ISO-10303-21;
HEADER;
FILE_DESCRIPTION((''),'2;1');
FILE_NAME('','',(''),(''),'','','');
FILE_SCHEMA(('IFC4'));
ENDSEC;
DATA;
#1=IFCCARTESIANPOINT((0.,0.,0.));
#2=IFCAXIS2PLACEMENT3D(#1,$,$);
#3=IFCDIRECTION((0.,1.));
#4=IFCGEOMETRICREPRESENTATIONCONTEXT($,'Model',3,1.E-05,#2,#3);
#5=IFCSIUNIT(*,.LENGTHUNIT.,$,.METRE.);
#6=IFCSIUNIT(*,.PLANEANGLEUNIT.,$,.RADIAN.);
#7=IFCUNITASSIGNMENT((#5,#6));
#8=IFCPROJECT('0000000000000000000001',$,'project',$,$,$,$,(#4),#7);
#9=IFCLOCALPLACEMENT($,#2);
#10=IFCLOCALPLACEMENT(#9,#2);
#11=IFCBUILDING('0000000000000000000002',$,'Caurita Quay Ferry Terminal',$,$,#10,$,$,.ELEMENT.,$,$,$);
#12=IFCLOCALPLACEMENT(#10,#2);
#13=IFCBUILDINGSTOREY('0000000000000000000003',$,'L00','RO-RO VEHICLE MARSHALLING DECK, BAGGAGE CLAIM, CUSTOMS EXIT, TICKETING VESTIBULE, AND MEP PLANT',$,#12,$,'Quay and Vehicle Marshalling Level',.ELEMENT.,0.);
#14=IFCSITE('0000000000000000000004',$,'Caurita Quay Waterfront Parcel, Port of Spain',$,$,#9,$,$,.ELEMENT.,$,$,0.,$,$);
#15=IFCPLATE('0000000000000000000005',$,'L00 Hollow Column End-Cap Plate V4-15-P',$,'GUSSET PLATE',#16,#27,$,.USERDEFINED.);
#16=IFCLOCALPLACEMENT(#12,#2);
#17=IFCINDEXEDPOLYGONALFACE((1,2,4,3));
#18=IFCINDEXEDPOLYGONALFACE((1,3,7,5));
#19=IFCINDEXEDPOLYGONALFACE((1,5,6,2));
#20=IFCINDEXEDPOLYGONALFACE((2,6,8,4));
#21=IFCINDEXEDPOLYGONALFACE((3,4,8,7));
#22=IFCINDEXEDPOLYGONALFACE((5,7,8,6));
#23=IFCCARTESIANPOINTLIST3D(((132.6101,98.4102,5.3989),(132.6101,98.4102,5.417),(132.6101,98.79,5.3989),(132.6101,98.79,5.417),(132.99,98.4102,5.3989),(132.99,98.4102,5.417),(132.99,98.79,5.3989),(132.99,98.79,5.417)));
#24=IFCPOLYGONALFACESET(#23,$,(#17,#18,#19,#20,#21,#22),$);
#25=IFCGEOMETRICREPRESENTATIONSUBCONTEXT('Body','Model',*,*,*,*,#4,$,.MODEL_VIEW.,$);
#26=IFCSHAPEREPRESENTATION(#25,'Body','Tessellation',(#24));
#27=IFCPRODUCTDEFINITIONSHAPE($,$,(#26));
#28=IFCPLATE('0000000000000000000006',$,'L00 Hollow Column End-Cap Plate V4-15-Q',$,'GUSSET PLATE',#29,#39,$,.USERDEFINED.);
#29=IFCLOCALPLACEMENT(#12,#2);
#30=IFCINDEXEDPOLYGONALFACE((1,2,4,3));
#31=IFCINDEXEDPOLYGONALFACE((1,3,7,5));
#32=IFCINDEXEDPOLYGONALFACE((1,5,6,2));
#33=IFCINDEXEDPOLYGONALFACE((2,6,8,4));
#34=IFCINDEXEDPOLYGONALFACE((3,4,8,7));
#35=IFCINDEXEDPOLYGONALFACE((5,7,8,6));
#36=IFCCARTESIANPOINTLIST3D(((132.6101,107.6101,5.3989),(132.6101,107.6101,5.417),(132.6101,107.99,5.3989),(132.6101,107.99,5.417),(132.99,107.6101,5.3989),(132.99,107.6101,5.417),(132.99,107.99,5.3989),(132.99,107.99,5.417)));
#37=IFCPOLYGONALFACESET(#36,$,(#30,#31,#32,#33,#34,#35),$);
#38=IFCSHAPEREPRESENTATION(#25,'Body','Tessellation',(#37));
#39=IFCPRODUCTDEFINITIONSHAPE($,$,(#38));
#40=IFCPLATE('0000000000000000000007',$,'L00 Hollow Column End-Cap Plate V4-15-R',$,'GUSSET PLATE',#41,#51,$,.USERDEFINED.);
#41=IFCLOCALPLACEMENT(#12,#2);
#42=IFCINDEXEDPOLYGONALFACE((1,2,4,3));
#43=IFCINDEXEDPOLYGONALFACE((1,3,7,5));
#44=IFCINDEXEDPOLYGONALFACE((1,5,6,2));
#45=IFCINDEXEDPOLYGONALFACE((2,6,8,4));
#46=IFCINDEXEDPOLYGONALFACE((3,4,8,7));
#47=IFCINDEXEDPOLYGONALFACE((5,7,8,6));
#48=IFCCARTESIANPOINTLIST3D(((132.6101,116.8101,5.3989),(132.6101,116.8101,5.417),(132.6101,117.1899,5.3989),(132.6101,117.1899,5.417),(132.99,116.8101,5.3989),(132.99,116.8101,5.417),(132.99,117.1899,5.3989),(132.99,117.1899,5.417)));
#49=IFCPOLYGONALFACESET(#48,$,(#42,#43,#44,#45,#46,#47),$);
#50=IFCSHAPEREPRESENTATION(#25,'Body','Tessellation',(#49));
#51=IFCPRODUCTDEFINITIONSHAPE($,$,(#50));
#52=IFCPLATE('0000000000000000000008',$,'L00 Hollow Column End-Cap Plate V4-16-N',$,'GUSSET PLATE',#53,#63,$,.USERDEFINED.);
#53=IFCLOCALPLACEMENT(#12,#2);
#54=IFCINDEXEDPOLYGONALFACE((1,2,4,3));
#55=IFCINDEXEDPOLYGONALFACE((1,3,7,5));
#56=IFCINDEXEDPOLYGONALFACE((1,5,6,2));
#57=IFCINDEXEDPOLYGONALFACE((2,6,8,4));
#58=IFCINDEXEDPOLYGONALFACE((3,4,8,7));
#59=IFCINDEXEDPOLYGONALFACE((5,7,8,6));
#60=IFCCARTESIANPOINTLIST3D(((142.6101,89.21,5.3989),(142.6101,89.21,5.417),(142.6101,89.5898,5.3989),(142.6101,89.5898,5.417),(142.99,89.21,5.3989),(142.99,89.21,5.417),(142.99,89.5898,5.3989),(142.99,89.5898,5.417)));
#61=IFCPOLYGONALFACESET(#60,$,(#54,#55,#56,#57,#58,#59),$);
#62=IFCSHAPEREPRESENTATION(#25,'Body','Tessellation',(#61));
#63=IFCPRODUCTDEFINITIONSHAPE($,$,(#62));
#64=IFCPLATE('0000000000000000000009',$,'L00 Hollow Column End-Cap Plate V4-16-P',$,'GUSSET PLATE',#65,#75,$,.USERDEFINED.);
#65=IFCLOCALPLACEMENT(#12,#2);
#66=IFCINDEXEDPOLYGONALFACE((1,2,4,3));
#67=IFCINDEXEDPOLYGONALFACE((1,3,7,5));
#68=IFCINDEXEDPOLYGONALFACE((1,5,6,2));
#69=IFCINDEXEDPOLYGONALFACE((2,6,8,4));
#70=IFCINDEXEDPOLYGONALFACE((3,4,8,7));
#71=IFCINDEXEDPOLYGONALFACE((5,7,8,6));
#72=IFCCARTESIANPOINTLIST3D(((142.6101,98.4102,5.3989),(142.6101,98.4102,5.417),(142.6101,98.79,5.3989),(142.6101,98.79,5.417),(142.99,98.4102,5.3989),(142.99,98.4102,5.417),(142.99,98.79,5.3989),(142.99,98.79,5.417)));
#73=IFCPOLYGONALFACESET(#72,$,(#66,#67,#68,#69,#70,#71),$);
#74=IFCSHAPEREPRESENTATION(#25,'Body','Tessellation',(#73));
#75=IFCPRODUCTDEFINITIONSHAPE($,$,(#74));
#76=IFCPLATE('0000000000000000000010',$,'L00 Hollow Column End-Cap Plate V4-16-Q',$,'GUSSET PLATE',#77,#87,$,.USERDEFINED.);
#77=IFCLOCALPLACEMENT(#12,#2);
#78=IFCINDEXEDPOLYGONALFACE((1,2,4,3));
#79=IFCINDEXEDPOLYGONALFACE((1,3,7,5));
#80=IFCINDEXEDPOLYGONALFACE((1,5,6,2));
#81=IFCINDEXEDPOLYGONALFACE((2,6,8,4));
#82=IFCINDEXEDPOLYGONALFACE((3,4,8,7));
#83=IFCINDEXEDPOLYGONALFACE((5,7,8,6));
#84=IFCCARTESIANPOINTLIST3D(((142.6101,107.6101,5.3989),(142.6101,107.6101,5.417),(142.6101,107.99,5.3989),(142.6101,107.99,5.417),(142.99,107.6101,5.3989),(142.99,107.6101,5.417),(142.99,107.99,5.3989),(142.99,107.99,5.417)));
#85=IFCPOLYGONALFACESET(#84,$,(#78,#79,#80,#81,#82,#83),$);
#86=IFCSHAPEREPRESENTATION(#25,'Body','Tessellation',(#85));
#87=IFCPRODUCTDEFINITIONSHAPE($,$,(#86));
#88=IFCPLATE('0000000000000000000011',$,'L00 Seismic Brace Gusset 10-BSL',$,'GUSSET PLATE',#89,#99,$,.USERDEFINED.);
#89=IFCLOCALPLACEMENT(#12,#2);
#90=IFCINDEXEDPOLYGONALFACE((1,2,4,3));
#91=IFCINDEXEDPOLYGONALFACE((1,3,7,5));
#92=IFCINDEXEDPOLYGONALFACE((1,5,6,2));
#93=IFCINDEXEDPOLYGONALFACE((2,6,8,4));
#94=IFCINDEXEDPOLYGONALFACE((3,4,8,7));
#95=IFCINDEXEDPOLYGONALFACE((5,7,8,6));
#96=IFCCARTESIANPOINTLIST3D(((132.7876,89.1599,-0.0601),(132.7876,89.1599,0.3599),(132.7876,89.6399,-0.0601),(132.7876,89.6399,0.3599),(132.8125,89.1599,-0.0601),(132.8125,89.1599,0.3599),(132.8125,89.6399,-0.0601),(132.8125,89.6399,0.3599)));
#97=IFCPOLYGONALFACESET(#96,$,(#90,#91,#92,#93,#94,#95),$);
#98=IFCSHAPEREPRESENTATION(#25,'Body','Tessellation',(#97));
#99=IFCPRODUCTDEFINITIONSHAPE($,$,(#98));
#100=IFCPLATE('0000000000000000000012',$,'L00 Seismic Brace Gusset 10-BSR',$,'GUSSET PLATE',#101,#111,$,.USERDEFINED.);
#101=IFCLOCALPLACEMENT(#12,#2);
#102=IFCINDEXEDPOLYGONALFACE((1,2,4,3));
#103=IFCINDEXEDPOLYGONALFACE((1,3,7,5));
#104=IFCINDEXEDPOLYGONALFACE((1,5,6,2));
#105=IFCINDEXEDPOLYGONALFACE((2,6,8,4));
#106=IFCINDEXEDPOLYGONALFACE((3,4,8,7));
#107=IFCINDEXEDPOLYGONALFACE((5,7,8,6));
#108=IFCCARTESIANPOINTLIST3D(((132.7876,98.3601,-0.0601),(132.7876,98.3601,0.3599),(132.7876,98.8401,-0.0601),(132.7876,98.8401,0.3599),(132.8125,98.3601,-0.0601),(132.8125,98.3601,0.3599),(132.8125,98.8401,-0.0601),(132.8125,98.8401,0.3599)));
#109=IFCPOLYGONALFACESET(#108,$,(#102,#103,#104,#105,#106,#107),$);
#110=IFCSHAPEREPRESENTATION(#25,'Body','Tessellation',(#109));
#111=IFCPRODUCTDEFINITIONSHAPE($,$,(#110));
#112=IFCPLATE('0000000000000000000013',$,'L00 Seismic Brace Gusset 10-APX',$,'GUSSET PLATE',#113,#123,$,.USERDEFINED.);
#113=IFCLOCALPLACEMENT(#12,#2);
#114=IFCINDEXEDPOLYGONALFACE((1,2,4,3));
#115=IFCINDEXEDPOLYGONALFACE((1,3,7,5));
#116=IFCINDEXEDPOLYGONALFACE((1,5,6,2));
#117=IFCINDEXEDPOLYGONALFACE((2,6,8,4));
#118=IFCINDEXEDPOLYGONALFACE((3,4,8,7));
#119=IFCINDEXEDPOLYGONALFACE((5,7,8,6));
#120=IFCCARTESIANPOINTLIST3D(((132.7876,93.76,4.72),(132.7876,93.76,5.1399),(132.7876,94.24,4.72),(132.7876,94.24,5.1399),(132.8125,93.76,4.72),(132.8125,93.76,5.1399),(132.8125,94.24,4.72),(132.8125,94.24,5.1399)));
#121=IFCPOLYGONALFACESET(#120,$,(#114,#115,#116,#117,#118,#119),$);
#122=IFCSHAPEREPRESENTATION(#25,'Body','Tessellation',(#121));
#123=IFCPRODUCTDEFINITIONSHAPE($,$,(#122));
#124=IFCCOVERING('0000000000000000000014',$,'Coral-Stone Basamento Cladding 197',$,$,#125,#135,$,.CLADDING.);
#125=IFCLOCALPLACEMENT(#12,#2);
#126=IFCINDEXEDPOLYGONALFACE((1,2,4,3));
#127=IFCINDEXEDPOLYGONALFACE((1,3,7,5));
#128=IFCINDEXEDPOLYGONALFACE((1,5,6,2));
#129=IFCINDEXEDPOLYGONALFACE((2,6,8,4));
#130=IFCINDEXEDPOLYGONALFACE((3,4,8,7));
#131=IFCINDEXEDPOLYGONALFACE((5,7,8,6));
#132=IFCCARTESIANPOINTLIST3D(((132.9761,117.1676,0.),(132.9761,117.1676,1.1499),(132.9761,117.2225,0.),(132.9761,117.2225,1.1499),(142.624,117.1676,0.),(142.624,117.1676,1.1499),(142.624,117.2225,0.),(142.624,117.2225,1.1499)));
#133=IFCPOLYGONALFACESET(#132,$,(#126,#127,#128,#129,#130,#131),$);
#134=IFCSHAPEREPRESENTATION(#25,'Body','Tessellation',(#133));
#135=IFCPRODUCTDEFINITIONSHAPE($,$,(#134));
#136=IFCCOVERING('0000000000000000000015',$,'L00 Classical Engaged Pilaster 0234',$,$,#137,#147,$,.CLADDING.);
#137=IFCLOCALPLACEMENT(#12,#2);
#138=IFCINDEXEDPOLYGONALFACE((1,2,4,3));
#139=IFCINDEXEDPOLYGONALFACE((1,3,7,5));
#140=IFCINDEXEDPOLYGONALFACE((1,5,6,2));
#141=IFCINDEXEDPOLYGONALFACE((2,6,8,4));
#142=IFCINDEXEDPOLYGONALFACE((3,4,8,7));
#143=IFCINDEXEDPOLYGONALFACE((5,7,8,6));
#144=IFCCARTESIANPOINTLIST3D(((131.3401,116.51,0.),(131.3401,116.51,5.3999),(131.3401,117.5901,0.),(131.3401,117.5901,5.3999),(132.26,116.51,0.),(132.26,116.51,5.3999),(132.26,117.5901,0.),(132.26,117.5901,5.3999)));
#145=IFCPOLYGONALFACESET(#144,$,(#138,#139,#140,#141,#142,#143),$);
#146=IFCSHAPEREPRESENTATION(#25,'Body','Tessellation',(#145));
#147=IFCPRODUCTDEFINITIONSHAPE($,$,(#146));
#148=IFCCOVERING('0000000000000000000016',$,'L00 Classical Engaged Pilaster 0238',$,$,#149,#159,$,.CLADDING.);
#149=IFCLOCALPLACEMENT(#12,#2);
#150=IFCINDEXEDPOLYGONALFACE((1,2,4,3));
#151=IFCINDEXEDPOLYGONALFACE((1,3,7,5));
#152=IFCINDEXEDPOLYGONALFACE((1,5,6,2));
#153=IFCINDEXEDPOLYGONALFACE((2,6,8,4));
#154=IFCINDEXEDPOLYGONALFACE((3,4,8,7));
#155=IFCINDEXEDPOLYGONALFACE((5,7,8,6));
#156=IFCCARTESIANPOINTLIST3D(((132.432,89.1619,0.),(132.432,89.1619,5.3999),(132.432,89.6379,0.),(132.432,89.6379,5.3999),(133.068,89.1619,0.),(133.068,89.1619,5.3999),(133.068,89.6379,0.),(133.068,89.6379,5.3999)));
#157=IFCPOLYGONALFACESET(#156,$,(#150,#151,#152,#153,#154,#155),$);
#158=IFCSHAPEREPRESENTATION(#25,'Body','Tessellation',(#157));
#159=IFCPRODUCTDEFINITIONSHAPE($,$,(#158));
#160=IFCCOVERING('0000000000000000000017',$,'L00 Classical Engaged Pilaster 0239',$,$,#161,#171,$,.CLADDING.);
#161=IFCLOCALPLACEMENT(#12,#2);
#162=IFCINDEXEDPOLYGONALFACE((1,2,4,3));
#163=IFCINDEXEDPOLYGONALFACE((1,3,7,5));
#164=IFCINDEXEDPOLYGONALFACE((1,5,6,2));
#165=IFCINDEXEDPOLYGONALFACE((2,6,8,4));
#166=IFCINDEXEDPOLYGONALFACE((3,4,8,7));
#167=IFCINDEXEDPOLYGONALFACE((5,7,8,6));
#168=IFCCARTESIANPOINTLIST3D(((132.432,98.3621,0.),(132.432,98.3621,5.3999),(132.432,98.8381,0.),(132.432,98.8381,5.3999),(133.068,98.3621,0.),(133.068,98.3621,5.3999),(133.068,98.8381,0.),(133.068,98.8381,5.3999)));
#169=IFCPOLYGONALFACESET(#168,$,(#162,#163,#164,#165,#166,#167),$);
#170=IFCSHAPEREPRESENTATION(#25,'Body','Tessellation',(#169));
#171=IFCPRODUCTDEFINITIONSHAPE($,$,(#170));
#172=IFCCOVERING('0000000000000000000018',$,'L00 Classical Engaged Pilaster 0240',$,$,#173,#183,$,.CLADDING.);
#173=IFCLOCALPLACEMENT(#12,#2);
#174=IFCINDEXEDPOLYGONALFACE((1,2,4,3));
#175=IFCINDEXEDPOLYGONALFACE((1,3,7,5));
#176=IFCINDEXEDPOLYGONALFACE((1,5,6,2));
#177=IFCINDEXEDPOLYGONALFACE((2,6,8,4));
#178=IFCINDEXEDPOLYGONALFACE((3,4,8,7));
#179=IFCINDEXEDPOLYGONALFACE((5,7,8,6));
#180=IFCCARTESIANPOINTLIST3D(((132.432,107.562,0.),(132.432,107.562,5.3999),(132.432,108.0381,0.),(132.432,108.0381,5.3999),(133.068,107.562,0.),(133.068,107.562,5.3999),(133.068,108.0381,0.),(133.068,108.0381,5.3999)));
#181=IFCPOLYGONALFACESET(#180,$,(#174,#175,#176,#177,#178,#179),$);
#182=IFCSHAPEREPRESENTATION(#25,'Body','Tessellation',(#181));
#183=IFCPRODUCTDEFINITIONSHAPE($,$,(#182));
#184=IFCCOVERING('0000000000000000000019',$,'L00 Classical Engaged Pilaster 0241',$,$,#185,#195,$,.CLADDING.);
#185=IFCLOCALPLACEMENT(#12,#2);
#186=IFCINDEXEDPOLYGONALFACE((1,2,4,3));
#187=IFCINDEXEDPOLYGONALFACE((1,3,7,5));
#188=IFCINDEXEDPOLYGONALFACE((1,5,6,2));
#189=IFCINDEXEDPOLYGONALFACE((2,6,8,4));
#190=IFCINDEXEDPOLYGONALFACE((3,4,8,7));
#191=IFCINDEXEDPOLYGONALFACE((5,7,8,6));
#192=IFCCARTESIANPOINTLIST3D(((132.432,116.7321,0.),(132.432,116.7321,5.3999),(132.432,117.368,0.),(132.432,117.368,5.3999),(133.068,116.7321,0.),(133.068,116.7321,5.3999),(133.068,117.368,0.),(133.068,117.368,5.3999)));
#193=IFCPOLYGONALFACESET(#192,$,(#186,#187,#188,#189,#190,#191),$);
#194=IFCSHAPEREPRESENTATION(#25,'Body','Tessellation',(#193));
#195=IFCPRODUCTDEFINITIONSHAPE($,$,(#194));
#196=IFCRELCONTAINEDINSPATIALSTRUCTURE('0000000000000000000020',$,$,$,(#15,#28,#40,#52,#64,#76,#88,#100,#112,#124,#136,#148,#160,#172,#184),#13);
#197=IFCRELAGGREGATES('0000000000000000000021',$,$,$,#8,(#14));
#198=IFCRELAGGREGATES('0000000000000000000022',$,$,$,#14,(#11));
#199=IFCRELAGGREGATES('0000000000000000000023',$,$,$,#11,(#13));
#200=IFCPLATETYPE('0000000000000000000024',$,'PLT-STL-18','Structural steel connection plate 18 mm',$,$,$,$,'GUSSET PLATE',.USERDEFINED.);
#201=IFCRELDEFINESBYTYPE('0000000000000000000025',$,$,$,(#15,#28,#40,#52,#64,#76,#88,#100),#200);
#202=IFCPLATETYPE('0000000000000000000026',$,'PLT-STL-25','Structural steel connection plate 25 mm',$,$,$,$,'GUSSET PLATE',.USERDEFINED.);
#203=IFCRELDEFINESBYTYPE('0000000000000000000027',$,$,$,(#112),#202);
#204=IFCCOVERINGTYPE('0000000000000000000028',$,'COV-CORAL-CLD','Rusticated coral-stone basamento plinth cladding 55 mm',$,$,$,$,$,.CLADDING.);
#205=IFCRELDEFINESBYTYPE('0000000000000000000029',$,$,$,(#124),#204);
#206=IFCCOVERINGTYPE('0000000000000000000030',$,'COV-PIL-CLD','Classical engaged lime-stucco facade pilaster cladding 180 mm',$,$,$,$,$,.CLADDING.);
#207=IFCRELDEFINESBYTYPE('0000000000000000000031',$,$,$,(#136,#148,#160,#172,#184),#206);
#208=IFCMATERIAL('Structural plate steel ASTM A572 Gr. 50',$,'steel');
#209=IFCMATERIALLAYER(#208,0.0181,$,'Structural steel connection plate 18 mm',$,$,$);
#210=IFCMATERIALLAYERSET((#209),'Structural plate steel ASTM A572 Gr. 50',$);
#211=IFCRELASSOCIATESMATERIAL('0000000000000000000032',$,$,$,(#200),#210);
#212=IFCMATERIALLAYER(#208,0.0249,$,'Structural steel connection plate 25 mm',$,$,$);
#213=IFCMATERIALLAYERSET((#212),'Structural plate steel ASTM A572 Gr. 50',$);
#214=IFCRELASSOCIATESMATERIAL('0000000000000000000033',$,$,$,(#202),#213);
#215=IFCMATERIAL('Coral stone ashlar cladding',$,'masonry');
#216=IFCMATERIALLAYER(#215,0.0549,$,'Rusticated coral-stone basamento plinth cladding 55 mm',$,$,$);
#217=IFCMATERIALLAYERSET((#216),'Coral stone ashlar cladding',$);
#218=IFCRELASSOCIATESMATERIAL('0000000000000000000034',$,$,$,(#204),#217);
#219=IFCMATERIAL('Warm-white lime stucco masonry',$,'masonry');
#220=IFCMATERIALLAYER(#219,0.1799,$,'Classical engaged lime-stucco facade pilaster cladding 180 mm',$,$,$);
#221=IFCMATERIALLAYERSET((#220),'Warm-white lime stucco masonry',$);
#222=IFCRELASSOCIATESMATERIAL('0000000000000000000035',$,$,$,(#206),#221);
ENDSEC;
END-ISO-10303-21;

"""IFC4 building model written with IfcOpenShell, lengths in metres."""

from ifc_helpers import new_model, si_unit, direction, frame, frame_2d, origin, origin_2d, place, context, subcontext, project, spatial, rectangle, extrude, material, layer, layer_set, type_object, element, save


model = new_model("IFC4")

# Units and contexts
model_context = context("Model", 3, precision=1e-05, world=origin(), true_north=direction((0.0, 1.0)))
body_context = subcontext(model_context, "Body", "Model", "MODEL_VIEW")
ifc_project = project(units=[si_unit("LENGTHUNIT", "METRE"), si_unit("PLANEANGLEUNIT", "RADIAN")], contexts=[model_context])

# Site, building, storey
site_placement = place(None, origin())
site = spatial("IfcSite", under=ifc_project, at=site_placement, Name="Caurita Quay Waterfront Parcel, Port of Spain", CompositionType="ELEMENT", RefElevation=0.0)
building_placement = place(site_placement, origin())
building = spatial("IfcBuilding", under=site, at=building_placement, Name="Caurita Quay Ferry Terminal", CompositionType="ELEMENT")
storey_placement = place(building_placement, origin())
storey = spatial("IfcBuildingStorey", under=building, at=storey_placement, Name="L00", Description="RO-RO VEHICLE MARSHALLING DECK, BAGGAGE CLAIM, CUSTOMS EXIT, TICKETING VESTIBULE, AND MEP PLANT", LongName="Quay and Vehicle Marshalling Level", CompositionType="ELEMENT", Elevation=0.0)

# Plates
ifc_material_1 = material(Name="Structural plate steel ASTM A572 Gr. 50", Category="steel")
ifc_layer_1 = layer(ifc_material_1, 0.0181, Name="Structural steel connection plate 18 mm")
ifc_layer_set_1 = layer_set([ifc_layer_1], Name="Structural plate steel ASTM A572 Gr. 50")
plate_type_1 = type_object("IfcPlateType", Name="PLT-STL-18", Description="Structural steel connection plate 18 mm", ElementType="GUSSET PLATE", PredefinedType="USERDEFINED", material=ifc_layer_set_1)
for number, where, z_axis, x_axis, name in (
    (1, (132.8, 98.6001, 5.3989), (0.0, 0.0, 1.0), (1.0, 0.0, 0.0), "L00 Hollow Column End-Cap Plate V4-15-P"),
    (2, (132.8, 107.8, 5.3989), (0.0, 0.0, 1.0), (1.0, 0.0, 0.0), "L00 Hollow Column End-Cap Plate V4-15-Q"),
    (3, (132.8, 117.0, 5.3989), (0.0, 0.0, 1.0), (1.0, 0.0, 0.0), "L00 Hollow Column End-Cap Plate V4-15-R"),
    (4, (142.8, 89.3999, 5.3989), (0.0, 0.0, 1.0), (1.0, 0.0, 0.0), "L00 Hollow Column End-Cap Plate V4-16-N"),
    (5, (142.8, 98.6001, 5.3989), (0.0, 0.0, 1.0), (1.0, 0.0, 0.0), "L00 Hollow Column End-Cap Plate V4-16-P"),
    (6, (142.8, 107.8, 5.3989), (0.0, 0.0, 1.0), (1.0, 0.0, 0.0), "L00 Hollow Column End-Cap Plate V4-16-Q"),
):
    element("IfcPlate", number, at=place(storey_placement, frame(where, z_axis=z_axis, x_axis=x_axis)), inside=storey, type_object=plate_type_1, Name=name, ObjectType="GUSSET PLATE", PredefinedType="USERDEFINED", context=body_context, shape_type="SweptSolid", body=[
        extrude(rectangle(XDim=0.3799, YDim=0.3799, at=origin_2d()), origin(), (0.0, 0.0, 1.0), 0.0181),
    ])
for number, where, z_axis, x_axis, name in (
    (7, (132.8, 89.3999, -0.0601), (0.0, 0.0, 1.0), (0.0, 1.0, 0.0), "L00 Seismic Brace Gusset 10-BSL"),
    (8, (132.8, 98.6001, -0.0601), (0.0, 0.0, 1.0), (0.0, 1.0, 0.0), "L00 Seismic Brace Gusset 10-BSR"),
):
    element("IfcPlate", number, at=place(storey_placement, frame(where, z_axis=z_axis, x_axis=x_axis)), inside=storey, type_object=plate_type_1, Name=name, ObjectType="GUSSET PLATE", PredefinedType="USERDEFINED", context=body_context, shape_type="SweptSolid", body=[
        extrude(rectangle(XDim=0.48, YDim=0.0249, at=origin_2d()), origin(), (0.0, 0.0, 1.0), 0.4199),
    ])
ifc_layer_2 = layer(ifc_material_1, 0.0249, Name="Structural steel connection plate 25 mm")
ifc_layer_set_2 = layer_set([ifc_layer_2], Name="Structural plate steel ASTM A572 Gr. 50")
plate_type_2 = type_object("IfcPlateType", Name="PLT-STL-25", Description="Structural steel connection plate 25 mm", ElementType="GUSSET PLATE", PredefinedType="USERDEFINED", material=ifc_layer_set_2)
plate_placement = place(storey_placement, frame((132.8, 94.0, 4.72), z_axis=(0.0, 0.0, 1.0), x_axis=(0.0, 1.0, 0.0)))
element("IfcPlate", 9, at=plate_placement, inside=storey, type_object=plate_type_2, Name="L00 Seismic Brace Gusset 10-APX", ObjectType="GUSSET PLATE", PredefinedType="USERDEFINED", context=body_context, shape_type="SweptSolid", body=[
    extrude(rectangle(XDim=0.48, YDim=0.0249, at=origin_2d()), origin(), (0.0, 0.0, 1.0), 0.4199),
])

# Shared definitions
ifc_material_2 = material(Name="Warm-white lime stucco masonry", Category="masonry")

# Coverings
ifc_material_3 = material(Name="Coral stone ashlar cladding", Category="masonry")
ifc_layer_3 = layer(ifc_material_3, 0.0549, Name="Rusticated coral-stone basamento plinth cladding 55 mm")
ifc_layer_set_3 = layer_set([ifc_layer_3], Name="Coral stone ashlar cladding")
covering_type_1 = type_object("IfcCoveringType", Name="COV-CORAL-CLD", Description="Rusticated coral-stone basamento plinth cladding 55 mm", PredefinedType="CLADDING", material=ifc_layer_set_3)
covering_1_placement = place(storey_placement, frame((142.624, 117.1951, 0.0), z_axis=(0.0, 0.0, 1.0), x_axis=(-1.0, 0.0, 0.0)))
element("IfcCovering", 10, at=covering_1_placement, inside=storey, type_object=covering_type_1, Name="Coral-Stone Basamento Cladding 197", PredefinedType="CLADDING", context=body_context, shape_type="SweptSolid", body=[
    extrude(rectangle(XDim=9.6479, YDim=0.0549, at=frame_2d((4.824, 0.0))), origin(), (0.0, 0.0, 1.0), 1.1499),
])
ifc_layer_4 = layer(ifc_material_2, 0.1799, Name="Classical engaged lime-stucco facade pilaster cladding 180 mm")
ifc_layer_set_4 = layer_set([ifc_layer_4], Name="Warm-white lime stucco masonry")
covering_type_2 = type_object("IfcCoveringType", Name="COV-PIL-CLD", Description="Classical engaged lime-stucco facade pilaster cladding 180 mm", PredefinedType="CLADDING", material=ifc_layer_set_4)
covering_2_placement = place(storey_placement, frame((131.8, 117.05, 0.0), z_axis=(0.0, 0.0, 1.0), x_axis=(1.0, 0.0, 0.0)))
element("IfcCovering", 11, at=covering_2_placement, inside=storey, type_object=covering_type_2, Name="L00 Classical Engaged Pilaster 0234", PredefinedType="CLADDING", context=body_context, shape_type="SweptSolid", body=[
    extrude(rectangle(XDim=0.9199, YDim=1.0801, at=origin_2d()), origin(), (0.0, 0.0, 1.0), 5.3999),
])
for number, where, z_axis, x_axis, name in (
    (12, (132.75, 89.3999, 0.0), (0.0, 0.0, 1.0), (1.0, 0.0, 0.0), "L00 Classical Engaged Pilaster 0238"),
    (13, (132.75, 98.6001, 0.0), (0.0, 0.0, 1.0), (1.0, 0.0, 0.0), "L00 Classical Engaged Pilaster 0239"),
    (14, (132.75, 107.8, 0.0), (0.0, 0.0, 1.0), (1.0, 0.0, 0.0), "L00 Classical Engaged Pilaster 0240"),
):
    element("IfcCovering", number, at=place(storey_placement, frame(where, z_axis=z_axis, x_axis=x_axis)), inside=storey, type_object=covering_type_2, Name=name, PredefinedType="CLADDING", context=body_context, shape_type="SweptSolid", body=[
        extrude(rectangle(XDim=0.636, YDim=0.4761, at=origin_2d()), origin(), (0.0, 0.0, 1.0), 5.3999),
    ])
covering_3_placement = place(storey_placement, frame((132.75, 117.05, 0.0), z_axis=(0.0, 0.0, 1.0), x_axis=(1.0, 0.0, 0.0)))
element("IfcCovering", 15, at=covering_3_placement, inside=storey, type_object=covering_type_2, Name="L00 Classical Engaged Pilaster 0241", PredefinedType="CLADDING", context=body_context, shape_type="SweptSolid", body=[
    extrude(rectangle(XDim=0.636, YDim=0.636, at=origin_2d()), origin(), (0.0, 0.0, 1.0), 5.3999),
])

save(model, "model.ifc")
